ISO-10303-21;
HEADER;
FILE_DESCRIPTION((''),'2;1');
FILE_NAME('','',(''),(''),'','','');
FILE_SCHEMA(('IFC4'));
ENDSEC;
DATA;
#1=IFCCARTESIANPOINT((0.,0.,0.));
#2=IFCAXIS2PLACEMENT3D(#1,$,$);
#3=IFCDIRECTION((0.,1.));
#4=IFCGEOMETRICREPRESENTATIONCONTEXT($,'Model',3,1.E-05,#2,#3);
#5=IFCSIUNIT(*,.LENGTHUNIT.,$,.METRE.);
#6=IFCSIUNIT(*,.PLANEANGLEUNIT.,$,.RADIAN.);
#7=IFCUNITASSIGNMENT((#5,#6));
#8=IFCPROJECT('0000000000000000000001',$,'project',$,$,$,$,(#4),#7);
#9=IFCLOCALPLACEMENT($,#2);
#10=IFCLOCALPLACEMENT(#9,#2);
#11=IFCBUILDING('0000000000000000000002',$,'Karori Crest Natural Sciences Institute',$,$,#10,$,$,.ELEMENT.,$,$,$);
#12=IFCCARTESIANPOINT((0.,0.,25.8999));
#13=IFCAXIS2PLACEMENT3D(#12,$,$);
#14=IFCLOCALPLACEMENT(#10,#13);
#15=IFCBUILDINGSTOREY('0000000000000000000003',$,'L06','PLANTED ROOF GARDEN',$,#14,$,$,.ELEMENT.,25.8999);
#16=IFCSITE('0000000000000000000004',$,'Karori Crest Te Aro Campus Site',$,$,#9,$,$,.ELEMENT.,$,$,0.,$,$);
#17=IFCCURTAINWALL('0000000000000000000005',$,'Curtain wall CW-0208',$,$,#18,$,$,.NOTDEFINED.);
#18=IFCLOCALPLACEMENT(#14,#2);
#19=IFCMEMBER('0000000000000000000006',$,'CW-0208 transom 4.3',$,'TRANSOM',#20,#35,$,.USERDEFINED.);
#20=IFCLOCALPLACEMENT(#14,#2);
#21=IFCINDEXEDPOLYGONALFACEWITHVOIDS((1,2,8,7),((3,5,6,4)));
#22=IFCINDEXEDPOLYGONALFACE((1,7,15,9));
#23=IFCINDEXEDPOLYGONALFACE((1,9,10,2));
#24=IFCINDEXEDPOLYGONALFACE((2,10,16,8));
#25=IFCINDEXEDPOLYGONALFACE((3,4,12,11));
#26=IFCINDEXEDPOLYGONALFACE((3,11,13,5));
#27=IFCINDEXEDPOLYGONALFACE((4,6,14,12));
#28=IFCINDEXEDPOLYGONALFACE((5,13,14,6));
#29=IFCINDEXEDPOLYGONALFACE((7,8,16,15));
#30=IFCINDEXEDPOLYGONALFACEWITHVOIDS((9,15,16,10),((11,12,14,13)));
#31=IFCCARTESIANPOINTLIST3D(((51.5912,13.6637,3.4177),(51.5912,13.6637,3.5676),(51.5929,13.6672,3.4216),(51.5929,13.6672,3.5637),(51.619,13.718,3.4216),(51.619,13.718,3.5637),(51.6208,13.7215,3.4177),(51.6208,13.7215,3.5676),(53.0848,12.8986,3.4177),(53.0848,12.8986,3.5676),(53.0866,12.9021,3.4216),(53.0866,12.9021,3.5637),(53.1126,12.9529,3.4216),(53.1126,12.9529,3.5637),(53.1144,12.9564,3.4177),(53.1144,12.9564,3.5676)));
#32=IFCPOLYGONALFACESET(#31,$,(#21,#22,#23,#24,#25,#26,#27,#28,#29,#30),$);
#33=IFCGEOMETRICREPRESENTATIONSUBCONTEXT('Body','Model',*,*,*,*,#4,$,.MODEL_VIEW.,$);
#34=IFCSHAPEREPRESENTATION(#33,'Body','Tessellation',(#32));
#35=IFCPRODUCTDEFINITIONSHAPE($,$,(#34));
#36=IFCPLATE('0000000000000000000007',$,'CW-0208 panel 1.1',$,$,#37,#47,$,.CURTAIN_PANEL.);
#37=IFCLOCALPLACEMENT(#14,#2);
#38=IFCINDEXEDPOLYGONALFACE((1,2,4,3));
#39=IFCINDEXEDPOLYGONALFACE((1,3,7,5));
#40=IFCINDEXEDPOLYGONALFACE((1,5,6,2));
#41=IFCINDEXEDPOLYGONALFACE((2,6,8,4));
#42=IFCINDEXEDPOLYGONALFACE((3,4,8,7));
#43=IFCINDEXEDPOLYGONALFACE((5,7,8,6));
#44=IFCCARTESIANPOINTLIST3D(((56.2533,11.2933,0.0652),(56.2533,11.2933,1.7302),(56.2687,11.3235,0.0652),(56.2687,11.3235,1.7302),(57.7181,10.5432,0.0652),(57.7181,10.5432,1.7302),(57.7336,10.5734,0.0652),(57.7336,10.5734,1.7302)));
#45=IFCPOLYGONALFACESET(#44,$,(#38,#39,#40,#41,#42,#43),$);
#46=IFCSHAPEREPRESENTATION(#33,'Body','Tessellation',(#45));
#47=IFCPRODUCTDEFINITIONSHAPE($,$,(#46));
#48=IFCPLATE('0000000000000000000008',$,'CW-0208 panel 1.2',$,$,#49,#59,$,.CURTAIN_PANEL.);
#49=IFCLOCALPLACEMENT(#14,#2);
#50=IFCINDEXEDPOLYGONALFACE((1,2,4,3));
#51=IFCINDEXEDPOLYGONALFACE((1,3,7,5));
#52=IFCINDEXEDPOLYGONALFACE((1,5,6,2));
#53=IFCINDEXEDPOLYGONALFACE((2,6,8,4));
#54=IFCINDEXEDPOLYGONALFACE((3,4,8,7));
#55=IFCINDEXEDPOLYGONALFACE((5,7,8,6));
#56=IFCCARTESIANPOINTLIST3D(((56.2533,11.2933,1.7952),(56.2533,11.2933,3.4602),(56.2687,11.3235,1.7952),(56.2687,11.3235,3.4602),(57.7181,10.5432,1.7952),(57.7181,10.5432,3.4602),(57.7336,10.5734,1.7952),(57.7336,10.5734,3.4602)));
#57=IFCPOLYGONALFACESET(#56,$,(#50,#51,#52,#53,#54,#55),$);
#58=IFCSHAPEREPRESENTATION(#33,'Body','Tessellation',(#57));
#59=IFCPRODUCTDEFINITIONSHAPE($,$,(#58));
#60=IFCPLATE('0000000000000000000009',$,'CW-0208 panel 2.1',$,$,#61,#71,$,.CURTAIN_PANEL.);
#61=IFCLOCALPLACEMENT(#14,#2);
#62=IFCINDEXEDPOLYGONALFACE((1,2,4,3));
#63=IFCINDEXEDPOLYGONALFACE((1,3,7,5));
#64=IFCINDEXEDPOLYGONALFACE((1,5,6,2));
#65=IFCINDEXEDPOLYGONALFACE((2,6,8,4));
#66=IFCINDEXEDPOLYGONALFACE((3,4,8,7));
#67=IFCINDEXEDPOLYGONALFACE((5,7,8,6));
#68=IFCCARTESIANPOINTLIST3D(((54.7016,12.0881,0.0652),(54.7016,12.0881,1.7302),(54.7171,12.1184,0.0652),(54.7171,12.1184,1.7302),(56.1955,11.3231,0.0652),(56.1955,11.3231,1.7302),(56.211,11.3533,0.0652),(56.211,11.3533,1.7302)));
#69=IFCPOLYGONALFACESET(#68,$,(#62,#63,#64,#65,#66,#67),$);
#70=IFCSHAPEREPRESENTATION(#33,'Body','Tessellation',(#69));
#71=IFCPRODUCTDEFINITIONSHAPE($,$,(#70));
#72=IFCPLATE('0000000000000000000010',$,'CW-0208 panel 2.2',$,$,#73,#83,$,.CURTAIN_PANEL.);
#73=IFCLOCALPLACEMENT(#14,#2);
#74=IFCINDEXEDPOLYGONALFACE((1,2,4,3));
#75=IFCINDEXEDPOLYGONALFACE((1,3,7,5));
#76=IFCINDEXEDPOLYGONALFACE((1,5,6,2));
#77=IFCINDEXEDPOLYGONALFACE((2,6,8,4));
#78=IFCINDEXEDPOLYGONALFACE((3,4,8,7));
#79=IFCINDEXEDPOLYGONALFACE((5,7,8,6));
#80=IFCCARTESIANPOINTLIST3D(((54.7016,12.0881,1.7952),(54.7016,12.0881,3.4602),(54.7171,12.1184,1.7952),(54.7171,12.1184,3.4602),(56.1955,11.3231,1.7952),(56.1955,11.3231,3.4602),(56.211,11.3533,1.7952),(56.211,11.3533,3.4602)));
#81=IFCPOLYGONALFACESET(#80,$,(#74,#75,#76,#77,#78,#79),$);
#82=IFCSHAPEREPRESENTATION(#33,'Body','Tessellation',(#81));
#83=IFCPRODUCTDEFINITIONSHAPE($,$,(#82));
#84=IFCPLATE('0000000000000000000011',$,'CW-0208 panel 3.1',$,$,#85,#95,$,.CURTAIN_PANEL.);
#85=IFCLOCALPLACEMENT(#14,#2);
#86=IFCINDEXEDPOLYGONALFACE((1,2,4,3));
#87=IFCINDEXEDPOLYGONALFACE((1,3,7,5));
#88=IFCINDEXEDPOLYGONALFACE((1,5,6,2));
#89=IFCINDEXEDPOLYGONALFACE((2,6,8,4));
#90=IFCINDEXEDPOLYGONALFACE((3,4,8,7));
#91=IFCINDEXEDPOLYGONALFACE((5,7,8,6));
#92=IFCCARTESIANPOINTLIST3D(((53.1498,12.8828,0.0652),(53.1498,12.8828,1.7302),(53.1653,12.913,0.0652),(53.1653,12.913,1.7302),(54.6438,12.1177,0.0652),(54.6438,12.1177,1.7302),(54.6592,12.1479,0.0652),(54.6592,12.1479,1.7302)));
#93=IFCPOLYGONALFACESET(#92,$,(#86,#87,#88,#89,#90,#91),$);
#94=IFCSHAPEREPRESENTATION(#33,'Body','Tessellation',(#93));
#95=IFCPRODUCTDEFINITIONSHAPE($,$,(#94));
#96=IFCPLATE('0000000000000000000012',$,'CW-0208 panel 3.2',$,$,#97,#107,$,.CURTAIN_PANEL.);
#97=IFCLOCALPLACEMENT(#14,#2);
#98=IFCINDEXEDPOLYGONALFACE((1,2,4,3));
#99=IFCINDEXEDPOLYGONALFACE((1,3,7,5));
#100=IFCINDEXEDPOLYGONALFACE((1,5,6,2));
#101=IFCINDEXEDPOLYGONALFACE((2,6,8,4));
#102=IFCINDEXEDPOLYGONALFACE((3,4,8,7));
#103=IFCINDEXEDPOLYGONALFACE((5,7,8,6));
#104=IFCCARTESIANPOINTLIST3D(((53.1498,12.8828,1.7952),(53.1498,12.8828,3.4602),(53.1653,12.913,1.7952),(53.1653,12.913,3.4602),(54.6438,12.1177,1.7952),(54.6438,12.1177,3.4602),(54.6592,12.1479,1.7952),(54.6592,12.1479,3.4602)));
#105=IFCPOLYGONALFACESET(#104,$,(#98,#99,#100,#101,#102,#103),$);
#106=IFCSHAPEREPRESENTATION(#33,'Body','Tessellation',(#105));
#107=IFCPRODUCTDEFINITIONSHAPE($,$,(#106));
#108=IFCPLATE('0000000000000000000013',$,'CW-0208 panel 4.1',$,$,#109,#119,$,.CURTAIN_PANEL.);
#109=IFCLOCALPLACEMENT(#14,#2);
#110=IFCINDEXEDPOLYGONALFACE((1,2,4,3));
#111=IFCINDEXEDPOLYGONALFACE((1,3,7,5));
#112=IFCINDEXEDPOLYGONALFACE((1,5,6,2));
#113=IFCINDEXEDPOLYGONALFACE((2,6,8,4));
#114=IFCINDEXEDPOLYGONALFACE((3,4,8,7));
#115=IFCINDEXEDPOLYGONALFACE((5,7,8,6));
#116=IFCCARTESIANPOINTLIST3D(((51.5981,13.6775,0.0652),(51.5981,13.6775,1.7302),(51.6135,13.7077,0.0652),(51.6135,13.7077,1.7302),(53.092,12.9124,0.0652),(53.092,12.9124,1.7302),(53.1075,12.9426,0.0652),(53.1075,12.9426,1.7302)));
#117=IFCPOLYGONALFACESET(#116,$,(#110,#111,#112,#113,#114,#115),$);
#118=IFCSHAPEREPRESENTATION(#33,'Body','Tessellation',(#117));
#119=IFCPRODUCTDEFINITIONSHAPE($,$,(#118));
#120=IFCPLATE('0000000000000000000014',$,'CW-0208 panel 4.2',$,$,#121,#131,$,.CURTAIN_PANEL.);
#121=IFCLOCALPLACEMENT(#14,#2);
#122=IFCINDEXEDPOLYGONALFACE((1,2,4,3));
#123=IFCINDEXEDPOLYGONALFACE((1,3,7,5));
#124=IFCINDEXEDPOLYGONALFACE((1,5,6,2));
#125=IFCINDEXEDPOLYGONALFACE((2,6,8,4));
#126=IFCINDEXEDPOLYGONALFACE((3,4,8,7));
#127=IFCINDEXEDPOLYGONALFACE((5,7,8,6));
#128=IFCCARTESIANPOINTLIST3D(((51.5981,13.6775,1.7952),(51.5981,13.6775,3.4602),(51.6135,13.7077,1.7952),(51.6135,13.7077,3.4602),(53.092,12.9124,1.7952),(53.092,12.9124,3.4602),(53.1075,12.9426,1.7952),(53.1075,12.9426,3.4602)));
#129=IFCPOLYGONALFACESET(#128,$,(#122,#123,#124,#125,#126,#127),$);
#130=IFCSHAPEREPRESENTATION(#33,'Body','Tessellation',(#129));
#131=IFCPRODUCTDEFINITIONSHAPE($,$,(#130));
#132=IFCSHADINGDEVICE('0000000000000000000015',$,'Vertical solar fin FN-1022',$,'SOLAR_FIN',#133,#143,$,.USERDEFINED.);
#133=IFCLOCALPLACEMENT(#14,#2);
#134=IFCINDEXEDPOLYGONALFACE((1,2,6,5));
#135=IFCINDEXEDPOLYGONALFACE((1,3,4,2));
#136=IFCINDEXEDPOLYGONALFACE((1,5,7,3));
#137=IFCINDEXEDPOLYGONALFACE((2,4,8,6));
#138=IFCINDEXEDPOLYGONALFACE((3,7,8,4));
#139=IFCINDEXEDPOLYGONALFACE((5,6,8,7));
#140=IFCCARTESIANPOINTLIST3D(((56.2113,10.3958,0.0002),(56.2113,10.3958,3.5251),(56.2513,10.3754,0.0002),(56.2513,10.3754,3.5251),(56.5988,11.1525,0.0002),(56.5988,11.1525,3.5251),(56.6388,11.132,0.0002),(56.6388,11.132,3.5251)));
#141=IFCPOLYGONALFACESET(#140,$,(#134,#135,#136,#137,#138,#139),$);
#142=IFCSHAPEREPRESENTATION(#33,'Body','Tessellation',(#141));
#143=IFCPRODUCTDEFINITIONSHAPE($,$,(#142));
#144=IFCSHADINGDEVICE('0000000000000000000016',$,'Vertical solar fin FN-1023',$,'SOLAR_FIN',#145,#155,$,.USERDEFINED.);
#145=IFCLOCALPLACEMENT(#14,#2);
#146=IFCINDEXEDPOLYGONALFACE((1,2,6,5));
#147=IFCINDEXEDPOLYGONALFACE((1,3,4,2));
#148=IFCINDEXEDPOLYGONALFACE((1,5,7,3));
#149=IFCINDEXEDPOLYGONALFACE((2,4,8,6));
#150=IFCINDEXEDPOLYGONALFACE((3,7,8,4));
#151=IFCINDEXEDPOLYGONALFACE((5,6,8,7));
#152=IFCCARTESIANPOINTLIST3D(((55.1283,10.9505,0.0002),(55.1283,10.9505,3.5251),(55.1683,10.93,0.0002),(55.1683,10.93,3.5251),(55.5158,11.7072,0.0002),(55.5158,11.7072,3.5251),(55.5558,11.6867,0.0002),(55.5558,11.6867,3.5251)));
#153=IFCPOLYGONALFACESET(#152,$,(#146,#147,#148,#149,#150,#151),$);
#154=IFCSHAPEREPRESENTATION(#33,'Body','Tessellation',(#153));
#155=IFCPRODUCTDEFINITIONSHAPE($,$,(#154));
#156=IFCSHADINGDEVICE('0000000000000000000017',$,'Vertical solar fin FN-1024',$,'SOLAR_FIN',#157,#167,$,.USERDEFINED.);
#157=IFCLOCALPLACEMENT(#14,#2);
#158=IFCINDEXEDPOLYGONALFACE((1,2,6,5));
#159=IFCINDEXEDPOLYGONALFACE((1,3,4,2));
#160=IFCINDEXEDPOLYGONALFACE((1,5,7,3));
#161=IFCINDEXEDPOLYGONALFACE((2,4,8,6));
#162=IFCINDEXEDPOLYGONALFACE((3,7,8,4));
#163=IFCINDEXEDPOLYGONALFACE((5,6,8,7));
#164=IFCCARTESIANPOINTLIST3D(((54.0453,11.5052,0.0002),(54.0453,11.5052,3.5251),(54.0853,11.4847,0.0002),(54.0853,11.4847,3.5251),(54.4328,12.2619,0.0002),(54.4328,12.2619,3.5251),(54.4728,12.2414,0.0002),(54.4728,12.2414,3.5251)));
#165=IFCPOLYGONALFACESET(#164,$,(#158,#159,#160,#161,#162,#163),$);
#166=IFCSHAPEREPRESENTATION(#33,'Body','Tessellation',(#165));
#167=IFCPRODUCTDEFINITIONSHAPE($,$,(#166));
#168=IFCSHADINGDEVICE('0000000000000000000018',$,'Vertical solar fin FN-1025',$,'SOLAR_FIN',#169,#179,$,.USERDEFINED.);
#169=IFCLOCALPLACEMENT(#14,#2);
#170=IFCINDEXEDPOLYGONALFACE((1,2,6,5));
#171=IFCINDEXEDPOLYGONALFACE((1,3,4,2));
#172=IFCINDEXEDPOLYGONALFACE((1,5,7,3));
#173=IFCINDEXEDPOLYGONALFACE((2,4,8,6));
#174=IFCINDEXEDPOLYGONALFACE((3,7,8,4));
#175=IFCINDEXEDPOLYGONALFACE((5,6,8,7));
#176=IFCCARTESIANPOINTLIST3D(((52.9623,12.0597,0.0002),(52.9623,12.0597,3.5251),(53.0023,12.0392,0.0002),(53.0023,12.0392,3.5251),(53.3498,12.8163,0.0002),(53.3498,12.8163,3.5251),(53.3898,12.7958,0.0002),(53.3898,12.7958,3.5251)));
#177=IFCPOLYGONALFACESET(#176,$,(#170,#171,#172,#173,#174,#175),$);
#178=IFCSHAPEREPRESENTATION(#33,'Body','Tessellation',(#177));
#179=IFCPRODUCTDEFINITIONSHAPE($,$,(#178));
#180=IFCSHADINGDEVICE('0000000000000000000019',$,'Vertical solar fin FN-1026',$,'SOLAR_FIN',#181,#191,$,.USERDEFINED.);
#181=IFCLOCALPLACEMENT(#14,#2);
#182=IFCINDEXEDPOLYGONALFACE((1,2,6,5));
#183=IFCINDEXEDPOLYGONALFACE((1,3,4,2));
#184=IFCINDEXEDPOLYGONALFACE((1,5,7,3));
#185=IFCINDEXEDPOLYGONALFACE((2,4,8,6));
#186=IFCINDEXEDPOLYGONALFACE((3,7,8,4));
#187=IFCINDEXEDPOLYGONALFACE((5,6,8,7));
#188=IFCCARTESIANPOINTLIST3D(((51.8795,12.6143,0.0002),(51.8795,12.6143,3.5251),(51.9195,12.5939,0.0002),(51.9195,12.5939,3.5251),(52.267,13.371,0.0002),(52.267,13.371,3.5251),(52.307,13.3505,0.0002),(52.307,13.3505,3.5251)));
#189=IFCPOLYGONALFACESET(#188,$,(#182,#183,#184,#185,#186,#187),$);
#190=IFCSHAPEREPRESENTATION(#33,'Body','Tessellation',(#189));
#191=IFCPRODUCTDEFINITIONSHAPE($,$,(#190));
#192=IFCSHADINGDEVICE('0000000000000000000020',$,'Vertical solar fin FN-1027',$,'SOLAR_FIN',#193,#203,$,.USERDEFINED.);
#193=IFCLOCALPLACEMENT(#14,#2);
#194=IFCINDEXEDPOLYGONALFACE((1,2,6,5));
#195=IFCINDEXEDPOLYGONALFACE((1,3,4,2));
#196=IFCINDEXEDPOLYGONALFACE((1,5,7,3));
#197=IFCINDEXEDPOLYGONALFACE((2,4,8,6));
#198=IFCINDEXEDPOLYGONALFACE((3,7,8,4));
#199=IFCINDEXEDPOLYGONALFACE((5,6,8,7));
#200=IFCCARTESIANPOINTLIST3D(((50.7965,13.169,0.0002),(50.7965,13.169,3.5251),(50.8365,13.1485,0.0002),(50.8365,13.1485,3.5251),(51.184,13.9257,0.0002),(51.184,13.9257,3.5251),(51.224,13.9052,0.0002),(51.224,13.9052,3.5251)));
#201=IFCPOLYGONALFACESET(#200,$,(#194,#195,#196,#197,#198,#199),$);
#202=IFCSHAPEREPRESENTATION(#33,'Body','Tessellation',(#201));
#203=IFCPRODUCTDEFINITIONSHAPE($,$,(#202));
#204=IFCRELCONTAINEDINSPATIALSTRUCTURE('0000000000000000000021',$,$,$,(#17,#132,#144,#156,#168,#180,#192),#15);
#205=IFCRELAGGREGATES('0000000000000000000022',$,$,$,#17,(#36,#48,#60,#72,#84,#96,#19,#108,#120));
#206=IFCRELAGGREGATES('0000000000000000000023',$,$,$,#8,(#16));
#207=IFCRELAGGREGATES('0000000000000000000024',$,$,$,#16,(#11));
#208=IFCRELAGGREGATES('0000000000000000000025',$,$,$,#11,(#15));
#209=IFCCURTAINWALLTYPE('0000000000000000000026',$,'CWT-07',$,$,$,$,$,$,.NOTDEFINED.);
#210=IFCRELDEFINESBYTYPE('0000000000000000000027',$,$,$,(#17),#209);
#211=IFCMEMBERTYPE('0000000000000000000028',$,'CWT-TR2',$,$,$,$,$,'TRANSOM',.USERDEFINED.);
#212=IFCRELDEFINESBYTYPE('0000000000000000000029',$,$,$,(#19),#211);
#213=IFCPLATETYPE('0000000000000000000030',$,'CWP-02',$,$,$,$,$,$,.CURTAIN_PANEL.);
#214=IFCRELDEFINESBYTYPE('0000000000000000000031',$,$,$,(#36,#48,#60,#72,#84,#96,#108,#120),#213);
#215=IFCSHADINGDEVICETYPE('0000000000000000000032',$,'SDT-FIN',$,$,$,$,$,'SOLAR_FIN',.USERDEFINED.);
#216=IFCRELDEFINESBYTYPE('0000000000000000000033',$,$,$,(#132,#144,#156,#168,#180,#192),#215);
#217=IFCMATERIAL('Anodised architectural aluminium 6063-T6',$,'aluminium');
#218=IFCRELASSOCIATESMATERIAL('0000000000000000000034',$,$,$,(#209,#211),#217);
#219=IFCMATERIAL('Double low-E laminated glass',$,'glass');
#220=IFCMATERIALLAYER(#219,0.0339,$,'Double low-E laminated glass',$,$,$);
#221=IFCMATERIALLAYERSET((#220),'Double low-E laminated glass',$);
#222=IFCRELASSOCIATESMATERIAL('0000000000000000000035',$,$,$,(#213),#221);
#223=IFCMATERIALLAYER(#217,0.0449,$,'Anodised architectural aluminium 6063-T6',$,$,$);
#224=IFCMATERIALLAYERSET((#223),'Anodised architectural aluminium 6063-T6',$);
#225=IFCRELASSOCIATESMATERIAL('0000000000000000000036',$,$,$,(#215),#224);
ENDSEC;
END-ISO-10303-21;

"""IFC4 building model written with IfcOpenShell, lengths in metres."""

from ifc_helpers import new_model, si_unit, direction, frame, origin, origin_2d, place, context, subcontext, project, spatial, rectangle, hollow_rectangle, extrude, material, layer, layer_set, material_profile, profile_set, type_object, element, aggregate, save


model = new_model("IFC4")

# Units and contexts
model_context = context("Model", 3, precision=1e-05, world=origin(), true_north=direction((0.0, 1.0)))
body_context = subcontext(model_context, "Body", "Model", "MODEL_VIEW")
ifc_project = project(units=[si_unit("LENGTHUNIT", "METRE"), si_unit("PLANEANGLEUNIT", "RADIAN")], contexts=[model_context])

# Site, building, storey
site_placement = place(None, origin())
site = spatial("IfcSite", under=ifc_project, at=site_placement, Name="Karori Crest Te Aro Campus Site", CompositionType="ELEMENT", RefElevation=0.0)
building_placement = place(site_placement, origin())
building = spatial("IfcBuilding", under=site, at=building_placement, Name="Karori Crest Natural Sciences Institute", CompositionType="ELEMENT")
storey_placement = place(building_placement, frame((0.0, 0.0, 25.8999)))
storey = spatial("IfcBuildingStorey", under=building, at=storey_placement, Name="L06", Description="PLANTED ROOF GARDEN", CompositionType="ELEMENT", Elevation=25.8999)

# Curtain wall, member, plates
ifc_material_1 = material(Name="Anodised architectural aluminium 6063-T6", Category="aluminium")
curtain_wall_type = type_object("IfcCurtainWallType", Name="CWT-07", PredefinedType="NOTDEFINED", material=ifc_material_1)
curtain_wall_placement = place(storey_placement, origin())
curtain_wall = element("IfcCurtainWall", 1, at=curtain_wall_placement, inside=storey, type_object=curtain_wall_type, Name="Curtain wall CW-0208", PredefinedType="NOTDEFINED")
ifc_material_profile_1 = material_profile(ifc_material_1, hollow_rectangle(XDim=0.0649, YDim=0.1499, WallThickness=0.0039, at=origin_2d()), Name="CWT150x65x4")
ifc_profile_set_1 = profile_set([ifc_material_profile_1], Name="Anodised architectural aluminium 6063-T6")
member_type_1 = type_object("IfcMemberType", Name="CWT-TR2", ElementType="TRANSOM", PredefinedType="USERDEFINED", material=ifc_profile_set_1)
member_1_placement = place(storey_placement, frame((53.0996, 12.9275, 3.4927), z_axis=(-0.89002, 0.455921, 0.0), x_axis=(-0.455921, -0.89002, 0.0)))
member_1 = element("IfcMember", 2, at=member_1_placement, type_object=member_type_1, Name="CW-0208 transom 4.3", ObjectType="TRANSOM", PredefinedType="USERDEFINED", context=body_context, shape_type="SweptSolid", body=[
    extrude(hollow_rectangle(XDim=0.0649, YDim=0.1499, WallThickness=0.0039, at=origin_2d()), origin(), (0.0, 0.0, 1.0), 1.6782),
])
ifc_material_2 = material(Name="Double low-E laminated glass", Category="glass")
ifc_layer_1 = layer(ifc_material_2, 0.0339, Name="Double low-E laminated glass")
ifc_layer_set_1 = layer_set([ifc_layer_1], Name="Double low-E laminated glass")
plate_type = type_object("IfcPlateType", Name="CWP-02", PredefinedType="CURTAIN_PANEL", material=ifc_layer_set_1)
plate_1_placement = place(storey_placement, frame((56.9934, 10.9333, 0.0652), z_axis=(0.0, 0.0, 1.0), x_axis=(-0.890067, 0.455829, 0.0)))
plate_1 = element("IfcPlate", 3, at=plate_1_placement, type_object=plate_type, Name="CW-0208 panel 1.1", PredefinedType="CURTAIN_PANEL", context=body_context, shape_type="SweptSolid", body=[
    extrude(rectangle(XDim=1.6458, YDim=0.0339, at=origin_2d()), origin(), (0.0, 0.0, 1.0), 1.665),
])
plate_2_placement = place(storey_placement, frame((56.9934, 10.9333, 1.7952), z_axis=(0.0, 0.0, 1.0), x_axis=(-0.890067, 0.455829, 0.0)))
plate_2 = element("IfcPlate", 4, at=plate_2_placement, type_object=plate_type, Name="CW-0208 panel 1.2", PredefinedType="CURTAIN_PANEL", context=body_context, shape_type="SweptSolid", body=[
    extrude(rectangle(XDim=1.6458, YDim=0.0339, at=origin_2d()), origin(), (0.0, 0.0, 1.0), 1.665),
])
plate_3_placement = place(storey_placement, frame((55.4563, 11.7207, 0.0652), z_axis=(0.0, 0.0, 1.0), x_axis=(-0.890067, 0.455829, 0.0)))
plate_3 = element("IfcPlate", 5, at=plate_3_placement, type_object=plate_type, Name="CW-0208 panel 2.1", PredefinedType="CURTAIN_PANEL", context=body_context, shape_type="SweptSolid", body=[
    extrude(rectangle(XDim=1.6785, YDim=0.0339, at=origin_2d()), origin(), (0.0, 0.0, 1.0), 1.665),
])
plate_4_placement = place(storey_placement, frame((55.4563, 11.7207, 1.7952), z_axis=(0.0, 0.0, 1.0), x_axis=(-0.890067, 0.455829, 0.0)))
plate_4 = element("IfcPlate", 6, at=plate_4_placement, type_object=plate_type, Name="CW-0208 panel 2.2", PredefinedType="CURTAIN_PANEL", context=body_context, shape_type="SweptSolid", body=[
    extrude(rectangle(XDim=1.6785, YDim=0.0339, at=origin_2d()), origin(), (0.0, 0.0, 1.0), 1.665),
])
plate_5_placement = place(storey_placement, frame((53.9045, 12.5154, 0.0652), z_axis=(0.0, 0.0, 1.0), x_axis=(-0.890067, 0.455829, 0.0)))
plate_5 = element("IfcPlate", 7, at=plate_5_placement, type_object=plate_type, Name="CW-0208 panel 3.1", PredefinedType="CURTAIN_PANEL", context=body_context, shape_type="SweptSolid", body=[
    extrude(rectangle(XDim=1.6785, YDim=0.0339, at=origin_2d()), origin(), (0.0, 0.0, 1.0), 1.665),
])
plate_6_placement = place(storey_placement, frame((53.9045, 12.5154, 1.7952), z_axis=(0.0, 0.0, 1.0), x_axis=(-0.890067, 0.455829, 0.0)))
plate_6 = element("IfcPlate", 8, at=plate_6_placement, type_object=plate_type, Name="CW-0208 panel 3.2", PredefinedType="CURTAIN_PANEL", context=body_context, shape_type="SweptSolid", body=[
    extrude(rectangle(XDim=1.6785, YDim=0.0339, at=origin_2d()), origin(), (0.0, 0.0, 1.0), 1.665),
])
plate_7_placement = place(storey_placement, frame((52.3528, 13.3101, 0.0652), z_axis=(0.0, 0.0, 1.0), x_axis=(-0.890067, 0.455829, 0.0)))
plate_7 = element("IfcPlate", 9, at=plate_7_placement, type_object=plate_type, Name="CW-0208 panel 4.1", PredefinedType="CURTAIN_PANEL", context=body_context, shape_type="SweptSolid", body=[
    extrude(rectangle(XDim=1.6785, YDim=0.0339, at=origin_2d()), origin(), (0.0, 0.0, 1.0), 1.665),
])
plate_8_placement = place(storey_placement, frame((52.3528, 13.3101, 1.7952), z_axis=(0.0, 0.0, 1.0), x_axis=(-0.890067, 0.455829, 0.0)))
plate_8 = element("IfcPlate", 10, at=plate_8_placement, type_object=plate_type, Name="CW-0208 panel 4.2", PredefinedType="CURTAIN_PANEL", context=body_context, shape_type="SweptSolid", body=[
    extrude(rectangle(XDim=1.6785, YDim=0.0339, at=origin_2d()), origin(), (0.0, 0.0, 1.0), 1.665),
])
aggregate(curtain_wall, [plate_1, plate_2, plate_3, plate_4, plate_5, plate_6, member_1, plate_7, plate_8])

# Shading devices
ifc_layer_2 = layer(ifc_material_1, 0.0449, Name="Anodised architectural aluminium 6063-T6")
ifc_layer_set_2 = layer_set([ifc_layer_2], Name="Anodised architectural aluminium 6063-T6")
shading_device_type = type_object("IfcShadingDeviceType", Name="SDT-FIN", ElementType="SOLAR_FIN", PredefinedType="USERDEFINED", material=ifc_layer_set_2)
for number, where, z_axis, x_axis, name in (
    (11, (56.425, 10.7639, 0.0002), (0.0, 0.0, 1.0), (-0.455829, -0.890067, 0.0), "Vertical solar fin FN-1022"),
    (12, (55.342, 11.3186, 0.0002), (0.0, 0.0, 1.0), (-0.455829, -0.890067, 0.0), "Vertical solar fin FN-1023"),
    (13, (54.259, 11.8733, 0.0002), (0.0, 0.0, 1.0), (-0.455829, -0.890067, 0.0), "Vertical solar fin FN-1024"),
    (14, (53.176, 12.4277, 0.0002), (0.0, 0.0, 1.0), (-0.455829, -0.890067, 0.0), "Vertical solar fin FN-1025"),
    (15, (52.0933, 12.9824, 0.0002), (0.0, 0.0, 1.0), (-0.455829, -0.890067, 0.0), "Vertical solar fin FN-1026"),
    (16, (51.0103, 13.5371, 0.0002), (0.0, 0.0, 1.0), (-0.455829, -0.890067, 0.0), "Vertical solar fin FN-1027"),
):
    element("IfcShadingDevice", number, at=place(storey_placement, frame(where, z_axis=z_axis, x_axis=x_axis)), inside=storey, type_object=shading_device_type, Name=name, ObjectType="SOLAR_FIN", PredefinedType="USERDEFINED", context=body_context, shape_type="SweptSolid", body=[
        extrude(rectangle(XDim=0.8501, YDim=0.0449, at=origin_2d()), origin(), (0.0, 0.0, 1.0), 3.5249),
    ])

save(model, "model.ifc")
